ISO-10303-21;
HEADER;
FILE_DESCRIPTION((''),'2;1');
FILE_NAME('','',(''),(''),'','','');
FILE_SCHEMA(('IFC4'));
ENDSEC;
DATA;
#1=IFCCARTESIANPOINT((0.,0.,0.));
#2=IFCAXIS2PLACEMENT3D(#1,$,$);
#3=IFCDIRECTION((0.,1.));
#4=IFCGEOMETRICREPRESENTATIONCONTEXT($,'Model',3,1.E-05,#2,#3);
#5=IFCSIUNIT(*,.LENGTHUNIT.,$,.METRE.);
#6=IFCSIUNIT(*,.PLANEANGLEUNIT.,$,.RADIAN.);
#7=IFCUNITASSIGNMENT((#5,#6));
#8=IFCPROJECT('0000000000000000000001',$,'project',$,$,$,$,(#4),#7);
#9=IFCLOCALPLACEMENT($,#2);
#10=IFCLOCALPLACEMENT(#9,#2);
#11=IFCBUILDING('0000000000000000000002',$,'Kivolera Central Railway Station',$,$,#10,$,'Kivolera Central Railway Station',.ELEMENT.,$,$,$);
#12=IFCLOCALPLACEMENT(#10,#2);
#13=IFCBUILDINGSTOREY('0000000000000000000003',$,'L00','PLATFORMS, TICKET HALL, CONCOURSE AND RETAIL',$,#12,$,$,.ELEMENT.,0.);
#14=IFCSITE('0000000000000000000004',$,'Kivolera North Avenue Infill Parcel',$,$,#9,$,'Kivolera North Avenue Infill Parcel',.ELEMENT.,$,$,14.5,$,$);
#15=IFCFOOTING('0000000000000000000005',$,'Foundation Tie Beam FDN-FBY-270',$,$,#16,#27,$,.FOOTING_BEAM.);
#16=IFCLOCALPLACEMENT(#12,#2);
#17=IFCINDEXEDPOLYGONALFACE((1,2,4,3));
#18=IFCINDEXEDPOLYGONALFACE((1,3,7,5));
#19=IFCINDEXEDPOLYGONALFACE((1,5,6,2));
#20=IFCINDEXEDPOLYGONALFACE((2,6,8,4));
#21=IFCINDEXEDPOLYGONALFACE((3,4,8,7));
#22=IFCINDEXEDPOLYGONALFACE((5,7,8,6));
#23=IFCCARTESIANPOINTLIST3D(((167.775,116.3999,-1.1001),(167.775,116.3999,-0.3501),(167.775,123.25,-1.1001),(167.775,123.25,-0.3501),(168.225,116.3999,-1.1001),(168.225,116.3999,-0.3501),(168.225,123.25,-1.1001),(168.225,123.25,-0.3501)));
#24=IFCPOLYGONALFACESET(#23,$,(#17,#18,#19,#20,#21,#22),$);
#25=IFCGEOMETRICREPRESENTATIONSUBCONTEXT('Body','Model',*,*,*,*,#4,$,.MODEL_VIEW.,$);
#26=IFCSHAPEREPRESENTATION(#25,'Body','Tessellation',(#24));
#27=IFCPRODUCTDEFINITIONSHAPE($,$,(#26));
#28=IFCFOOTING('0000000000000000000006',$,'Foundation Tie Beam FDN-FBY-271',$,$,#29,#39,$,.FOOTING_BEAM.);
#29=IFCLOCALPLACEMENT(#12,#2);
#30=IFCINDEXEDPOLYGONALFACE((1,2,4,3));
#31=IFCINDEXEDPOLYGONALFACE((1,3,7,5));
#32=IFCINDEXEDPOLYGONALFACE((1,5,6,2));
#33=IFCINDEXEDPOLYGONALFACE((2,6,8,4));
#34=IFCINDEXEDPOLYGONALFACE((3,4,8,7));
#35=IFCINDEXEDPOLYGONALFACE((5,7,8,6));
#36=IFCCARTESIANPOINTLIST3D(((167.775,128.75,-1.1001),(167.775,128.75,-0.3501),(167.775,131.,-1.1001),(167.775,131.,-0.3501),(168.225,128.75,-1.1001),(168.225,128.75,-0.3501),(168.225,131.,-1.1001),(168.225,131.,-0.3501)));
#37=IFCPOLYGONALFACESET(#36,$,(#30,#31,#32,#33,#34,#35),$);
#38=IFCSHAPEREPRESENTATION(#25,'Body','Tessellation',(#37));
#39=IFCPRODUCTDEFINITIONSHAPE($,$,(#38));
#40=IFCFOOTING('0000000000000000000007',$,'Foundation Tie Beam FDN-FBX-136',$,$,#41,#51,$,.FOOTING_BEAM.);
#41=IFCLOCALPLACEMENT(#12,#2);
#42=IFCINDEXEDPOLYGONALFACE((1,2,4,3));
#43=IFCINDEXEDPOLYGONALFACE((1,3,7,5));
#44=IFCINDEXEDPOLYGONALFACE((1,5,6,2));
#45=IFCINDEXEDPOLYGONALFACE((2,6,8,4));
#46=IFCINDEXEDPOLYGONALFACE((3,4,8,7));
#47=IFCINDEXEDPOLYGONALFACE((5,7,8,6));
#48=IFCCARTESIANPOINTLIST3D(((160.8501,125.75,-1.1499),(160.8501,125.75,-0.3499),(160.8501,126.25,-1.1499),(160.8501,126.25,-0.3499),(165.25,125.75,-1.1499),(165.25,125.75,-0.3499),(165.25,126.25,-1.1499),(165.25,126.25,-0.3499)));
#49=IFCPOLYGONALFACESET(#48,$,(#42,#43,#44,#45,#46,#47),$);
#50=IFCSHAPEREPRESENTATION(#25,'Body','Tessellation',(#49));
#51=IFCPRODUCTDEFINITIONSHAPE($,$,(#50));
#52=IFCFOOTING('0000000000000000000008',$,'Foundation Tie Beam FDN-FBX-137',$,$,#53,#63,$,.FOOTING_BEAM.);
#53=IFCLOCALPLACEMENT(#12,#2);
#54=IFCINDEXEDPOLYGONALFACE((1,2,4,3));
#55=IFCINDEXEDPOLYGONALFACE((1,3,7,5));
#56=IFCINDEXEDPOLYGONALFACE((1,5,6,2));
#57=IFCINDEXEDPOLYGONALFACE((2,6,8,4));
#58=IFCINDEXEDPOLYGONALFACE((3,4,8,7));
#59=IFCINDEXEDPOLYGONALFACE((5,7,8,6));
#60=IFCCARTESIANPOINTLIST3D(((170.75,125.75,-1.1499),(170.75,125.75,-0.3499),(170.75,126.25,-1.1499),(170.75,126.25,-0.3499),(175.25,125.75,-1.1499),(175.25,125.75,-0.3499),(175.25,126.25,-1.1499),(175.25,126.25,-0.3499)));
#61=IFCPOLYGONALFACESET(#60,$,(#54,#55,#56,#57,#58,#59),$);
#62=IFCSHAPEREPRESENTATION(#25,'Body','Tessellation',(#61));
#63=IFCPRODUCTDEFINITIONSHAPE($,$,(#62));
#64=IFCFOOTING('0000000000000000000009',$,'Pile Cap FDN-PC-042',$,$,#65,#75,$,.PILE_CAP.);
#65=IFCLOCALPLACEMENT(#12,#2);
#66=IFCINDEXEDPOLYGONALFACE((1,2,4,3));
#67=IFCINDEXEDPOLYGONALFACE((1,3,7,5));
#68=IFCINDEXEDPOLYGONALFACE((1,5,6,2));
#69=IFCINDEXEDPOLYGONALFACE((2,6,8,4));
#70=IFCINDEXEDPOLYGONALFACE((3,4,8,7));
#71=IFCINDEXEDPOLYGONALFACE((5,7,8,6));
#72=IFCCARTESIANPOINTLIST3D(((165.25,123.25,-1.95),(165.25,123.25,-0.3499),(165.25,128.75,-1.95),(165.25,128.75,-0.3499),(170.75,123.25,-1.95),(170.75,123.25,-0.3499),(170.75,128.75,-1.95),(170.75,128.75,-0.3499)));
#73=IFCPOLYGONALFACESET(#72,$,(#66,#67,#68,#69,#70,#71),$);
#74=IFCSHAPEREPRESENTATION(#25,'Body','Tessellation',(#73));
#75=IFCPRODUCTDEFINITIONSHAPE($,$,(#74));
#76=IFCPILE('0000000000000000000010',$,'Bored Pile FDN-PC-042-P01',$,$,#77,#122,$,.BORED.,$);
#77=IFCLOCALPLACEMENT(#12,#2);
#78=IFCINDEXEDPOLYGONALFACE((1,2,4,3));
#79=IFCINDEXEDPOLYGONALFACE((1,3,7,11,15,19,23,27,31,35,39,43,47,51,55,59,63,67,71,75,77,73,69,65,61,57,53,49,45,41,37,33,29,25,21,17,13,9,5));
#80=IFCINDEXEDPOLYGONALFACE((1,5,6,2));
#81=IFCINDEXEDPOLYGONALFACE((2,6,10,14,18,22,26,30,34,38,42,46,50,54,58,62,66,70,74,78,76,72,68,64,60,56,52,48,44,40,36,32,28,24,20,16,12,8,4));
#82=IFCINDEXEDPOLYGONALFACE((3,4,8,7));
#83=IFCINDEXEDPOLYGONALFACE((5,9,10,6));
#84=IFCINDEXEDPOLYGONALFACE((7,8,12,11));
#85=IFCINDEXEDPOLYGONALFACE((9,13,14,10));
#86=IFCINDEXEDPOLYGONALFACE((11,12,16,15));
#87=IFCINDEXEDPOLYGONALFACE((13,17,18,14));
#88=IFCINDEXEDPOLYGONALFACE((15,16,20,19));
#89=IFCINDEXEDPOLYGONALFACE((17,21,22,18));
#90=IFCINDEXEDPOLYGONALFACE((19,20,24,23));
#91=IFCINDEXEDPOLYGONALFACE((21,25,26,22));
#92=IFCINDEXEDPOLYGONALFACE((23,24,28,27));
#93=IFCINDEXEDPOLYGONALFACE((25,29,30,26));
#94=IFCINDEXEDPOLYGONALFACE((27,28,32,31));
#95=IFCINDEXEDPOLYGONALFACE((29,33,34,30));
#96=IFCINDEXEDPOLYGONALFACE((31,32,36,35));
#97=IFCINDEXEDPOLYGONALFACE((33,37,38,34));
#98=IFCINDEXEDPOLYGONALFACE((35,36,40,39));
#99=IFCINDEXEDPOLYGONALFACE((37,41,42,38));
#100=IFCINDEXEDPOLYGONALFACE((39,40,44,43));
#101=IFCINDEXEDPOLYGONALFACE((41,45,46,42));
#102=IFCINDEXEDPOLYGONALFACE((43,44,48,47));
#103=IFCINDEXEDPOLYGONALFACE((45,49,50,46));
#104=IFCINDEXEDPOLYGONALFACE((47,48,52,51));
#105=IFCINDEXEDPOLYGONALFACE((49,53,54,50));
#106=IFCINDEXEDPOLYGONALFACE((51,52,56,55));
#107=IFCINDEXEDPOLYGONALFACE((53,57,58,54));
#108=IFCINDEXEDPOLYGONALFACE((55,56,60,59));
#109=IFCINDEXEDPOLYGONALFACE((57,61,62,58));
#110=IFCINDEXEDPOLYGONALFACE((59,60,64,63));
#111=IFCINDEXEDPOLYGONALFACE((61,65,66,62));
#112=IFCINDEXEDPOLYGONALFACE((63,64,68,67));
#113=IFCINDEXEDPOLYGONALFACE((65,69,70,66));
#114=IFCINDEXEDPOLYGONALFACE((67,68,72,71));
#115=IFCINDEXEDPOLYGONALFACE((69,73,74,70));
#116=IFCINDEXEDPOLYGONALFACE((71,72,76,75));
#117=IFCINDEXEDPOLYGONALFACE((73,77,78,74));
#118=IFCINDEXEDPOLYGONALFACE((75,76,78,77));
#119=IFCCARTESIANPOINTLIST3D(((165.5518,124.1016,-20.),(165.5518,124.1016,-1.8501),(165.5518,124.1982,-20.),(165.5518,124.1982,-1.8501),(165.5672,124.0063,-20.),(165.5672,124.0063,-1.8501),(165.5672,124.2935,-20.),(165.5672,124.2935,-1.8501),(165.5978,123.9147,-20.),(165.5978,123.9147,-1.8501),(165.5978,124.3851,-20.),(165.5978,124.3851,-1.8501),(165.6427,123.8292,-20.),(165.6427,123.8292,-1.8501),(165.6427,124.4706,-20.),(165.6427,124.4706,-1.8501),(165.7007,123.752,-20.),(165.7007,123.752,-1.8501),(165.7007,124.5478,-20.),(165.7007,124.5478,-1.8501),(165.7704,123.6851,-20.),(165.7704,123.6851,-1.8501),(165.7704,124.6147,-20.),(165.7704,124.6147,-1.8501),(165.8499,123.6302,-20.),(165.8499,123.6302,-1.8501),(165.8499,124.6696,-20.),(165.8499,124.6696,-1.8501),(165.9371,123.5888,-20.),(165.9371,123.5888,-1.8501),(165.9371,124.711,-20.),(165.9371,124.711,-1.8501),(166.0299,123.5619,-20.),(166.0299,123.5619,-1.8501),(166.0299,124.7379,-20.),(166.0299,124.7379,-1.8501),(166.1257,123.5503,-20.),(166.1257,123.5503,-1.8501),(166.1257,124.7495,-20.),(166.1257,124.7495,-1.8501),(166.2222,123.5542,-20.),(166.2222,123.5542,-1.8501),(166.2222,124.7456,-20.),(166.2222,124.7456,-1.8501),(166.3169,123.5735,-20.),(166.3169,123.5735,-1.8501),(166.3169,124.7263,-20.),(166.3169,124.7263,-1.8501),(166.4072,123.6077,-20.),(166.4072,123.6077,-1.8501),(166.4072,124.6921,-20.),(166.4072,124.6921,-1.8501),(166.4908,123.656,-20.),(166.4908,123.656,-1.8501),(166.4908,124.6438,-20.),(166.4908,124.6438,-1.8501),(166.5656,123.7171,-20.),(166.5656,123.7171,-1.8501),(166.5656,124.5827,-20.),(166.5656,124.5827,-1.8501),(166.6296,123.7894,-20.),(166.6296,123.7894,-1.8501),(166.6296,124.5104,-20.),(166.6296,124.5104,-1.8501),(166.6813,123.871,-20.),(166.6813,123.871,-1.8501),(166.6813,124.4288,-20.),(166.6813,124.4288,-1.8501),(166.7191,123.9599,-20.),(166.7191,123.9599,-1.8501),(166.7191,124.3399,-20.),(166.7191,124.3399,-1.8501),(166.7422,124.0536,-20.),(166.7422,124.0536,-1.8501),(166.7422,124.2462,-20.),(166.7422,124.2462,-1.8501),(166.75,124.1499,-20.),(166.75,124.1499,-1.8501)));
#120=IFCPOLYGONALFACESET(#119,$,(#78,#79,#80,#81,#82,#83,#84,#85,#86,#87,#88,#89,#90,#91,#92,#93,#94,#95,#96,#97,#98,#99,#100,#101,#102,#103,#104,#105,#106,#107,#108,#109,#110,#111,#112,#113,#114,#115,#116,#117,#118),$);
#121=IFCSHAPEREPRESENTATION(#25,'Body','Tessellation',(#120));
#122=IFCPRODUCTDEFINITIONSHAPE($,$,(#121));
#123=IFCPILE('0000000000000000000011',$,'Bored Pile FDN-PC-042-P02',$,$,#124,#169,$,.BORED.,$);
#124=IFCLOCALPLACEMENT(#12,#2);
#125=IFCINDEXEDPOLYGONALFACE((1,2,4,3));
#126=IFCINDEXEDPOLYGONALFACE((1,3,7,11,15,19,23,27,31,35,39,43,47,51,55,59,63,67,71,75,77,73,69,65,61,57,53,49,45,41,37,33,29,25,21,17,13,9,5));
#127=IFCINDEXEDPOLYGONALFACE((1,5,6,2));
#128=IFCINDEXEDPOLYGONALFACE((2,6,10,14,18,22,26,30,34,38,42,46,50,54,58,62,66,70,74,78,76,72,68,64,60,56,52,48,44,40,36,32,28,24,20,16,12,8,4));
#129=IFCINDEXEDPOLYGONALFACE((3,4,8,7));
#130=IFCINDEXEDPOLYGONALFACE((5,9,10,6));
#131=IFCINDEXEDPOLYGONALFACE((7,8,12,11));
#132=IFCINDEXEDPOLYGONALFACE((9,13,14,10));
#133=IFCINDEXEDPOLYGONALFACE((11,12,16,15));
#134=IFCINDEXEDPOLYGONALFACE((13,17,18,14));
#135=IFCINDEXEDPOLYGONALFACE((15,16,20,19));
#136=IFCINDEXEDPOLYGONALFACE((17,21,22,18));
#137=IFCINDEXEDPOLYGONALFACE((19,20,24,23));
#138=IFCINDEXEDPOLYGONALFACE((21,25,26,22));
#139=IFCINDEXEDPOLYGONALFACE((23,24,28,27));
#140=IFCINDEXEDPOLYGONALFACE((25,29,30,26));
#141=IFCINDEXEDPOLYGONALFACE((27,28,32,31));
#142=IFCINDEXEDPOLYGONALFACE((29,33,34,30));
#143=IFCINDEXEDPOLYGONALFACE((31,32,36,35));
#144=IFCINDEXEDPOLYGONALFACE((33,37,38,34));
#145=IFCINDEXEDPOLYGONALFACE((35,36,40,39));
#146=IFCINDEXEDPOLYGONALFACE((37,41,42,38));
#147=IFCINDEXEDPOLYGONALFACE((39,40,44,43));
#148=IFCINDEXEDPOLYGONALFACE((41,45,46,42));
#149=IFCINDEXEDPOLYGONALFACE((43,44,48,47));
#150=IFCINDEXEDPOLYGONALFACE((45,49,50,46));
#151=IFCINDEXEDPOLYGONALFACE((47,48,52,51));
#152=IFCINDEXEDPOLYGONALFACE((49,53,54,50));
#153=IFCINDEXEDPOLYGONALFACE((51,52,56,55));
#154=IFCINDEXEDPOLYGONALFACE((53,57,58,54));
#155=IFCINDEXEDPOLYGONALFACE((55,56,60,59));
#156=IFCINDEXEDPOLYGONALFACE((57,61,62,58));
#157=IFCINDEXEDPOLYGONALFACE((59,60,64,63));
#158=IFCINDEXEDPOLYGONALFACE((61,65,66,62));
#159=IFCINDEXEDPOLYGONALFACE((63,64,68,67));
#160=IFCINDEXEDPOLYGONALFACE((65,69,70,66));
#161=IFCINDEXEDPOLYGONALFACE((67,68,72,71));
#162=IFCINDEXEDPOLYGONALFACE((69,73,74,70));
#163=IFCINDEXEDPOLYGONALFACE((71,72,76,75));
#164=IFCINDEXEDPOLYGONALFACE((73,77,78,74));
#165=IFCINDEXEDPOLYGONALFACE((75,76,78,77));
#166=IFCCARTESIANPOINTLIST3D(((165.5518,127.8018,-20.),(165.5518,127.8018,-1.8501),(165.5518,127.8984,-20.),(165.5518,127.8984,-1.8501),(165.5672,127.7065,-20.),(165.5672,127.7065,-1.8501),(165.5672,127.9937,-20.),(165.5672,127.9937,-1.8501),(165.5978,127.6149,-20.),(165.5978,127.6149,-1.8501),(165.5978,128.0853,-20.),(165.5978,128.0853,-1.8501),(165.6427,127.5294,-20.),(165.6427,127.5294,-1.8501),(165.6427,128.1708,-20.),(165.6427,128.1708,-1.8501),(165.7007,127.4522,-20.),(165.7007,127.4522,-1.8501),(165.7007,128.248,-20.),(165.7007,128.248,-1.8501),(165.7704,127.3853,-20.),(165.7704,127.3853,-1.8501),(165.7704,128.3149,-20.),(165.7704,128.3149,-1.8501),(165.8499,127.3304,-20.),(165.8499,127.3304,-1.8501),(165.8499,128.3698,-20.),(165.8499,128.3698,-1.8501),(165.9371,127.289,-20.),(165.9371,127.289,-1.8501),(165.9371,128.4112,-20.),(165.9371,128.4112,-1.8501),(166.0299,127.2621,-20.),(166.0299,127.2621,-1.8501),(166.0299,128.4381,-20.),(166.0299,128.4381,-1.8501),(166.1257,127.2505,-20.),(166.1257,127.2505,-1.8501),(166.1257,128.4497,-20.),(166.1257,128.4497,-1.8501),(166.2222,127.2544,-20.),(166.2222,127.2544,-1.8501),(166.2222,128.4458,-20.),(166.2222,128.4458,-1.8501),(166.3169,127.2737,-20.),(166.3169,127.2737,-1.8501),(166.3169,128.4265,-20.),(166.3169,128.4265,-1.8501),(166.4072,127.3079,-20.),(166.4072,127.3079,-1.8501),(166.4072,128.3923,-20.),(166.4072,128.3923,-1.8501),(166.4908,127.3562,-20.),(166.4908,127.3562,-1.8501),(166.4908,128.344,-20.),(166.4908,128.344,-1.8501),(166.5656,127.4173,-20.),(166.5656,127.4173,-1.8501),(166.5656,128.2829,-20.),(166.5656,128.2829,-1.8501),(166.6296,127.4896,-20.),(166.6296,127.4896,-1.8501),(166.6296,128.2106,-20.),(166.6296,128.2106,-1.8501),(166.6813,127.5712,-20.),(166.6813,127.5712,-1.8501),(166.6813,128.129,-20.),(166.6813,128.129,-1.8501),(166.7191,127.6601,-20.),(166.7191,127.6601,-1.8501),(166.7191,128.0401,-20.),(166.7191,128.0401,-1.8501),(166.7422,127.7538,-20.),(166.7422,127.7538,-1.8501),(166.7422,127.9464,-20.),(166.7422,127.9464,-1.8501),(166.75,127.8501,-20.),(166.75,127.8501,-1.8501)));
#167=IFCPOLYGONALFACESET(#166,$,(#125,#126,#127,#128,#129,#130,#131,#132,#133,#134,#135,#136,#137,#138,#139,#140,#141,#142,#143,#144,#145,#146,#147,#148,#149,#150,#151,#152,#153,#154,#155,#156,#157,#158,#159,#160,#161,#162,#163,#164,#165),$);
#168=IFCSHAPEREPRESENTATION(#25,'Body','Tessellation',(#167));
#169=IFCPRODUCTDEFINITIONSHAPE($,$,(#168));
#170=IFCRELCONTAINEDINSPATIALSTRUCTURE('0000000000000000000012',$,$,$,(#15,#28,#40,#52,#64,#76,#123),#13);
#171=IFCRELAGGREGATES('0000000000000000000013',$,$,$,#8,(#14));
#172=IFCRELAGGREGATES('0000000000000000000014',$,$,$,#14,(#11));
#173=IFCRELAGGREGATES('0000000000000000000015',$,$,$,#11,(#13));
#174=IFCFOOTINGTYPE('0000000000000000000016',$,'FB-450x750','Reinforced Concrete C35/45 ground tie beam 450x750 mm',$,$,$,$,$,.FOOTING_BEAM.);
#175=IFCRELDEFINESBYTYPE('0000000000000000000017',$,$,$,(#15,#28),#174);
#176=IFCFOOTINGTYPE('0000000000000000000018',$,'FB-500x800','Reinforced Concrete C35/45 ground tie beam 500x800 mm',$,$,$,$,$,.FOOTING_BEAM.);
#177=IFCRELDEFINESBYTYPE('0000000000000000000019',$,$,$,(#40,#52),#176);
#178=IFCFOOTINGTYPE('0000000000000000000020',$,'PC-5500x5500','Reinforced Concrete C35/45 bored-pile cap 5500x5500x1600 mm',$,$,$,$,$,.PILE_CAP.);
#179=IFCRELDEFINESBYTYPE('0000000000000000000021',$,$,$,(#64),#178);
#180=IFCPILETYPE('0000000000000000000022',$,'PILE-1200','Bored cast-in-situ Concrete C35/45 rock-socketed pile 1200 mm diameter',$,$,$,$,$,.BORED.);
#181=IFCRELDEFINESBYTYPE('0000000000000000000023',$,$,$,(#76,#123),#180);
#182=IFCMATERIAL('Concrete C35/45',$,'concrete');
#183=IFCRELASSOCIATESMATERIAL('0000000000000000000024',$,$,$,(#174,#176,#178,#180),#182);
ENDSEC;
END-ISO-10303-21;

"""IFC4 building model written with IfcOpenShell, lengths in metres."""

from ifc_helpers import new_model, si_unit, direction, frame, origin, origin_2d, place, context, subcontext, project, spatial, rectangle, circle, extrude, material, material_profile, profile_set, type_object, element, save


model = new_model("IFC4")

# Units and contexts
model_context = context("Model", 3, precision=1e-05, world=origin(), true_north=direction((0.0, 1.0)))
body_context = subcontext(model_context, "Body", "Model", "MODEL_VIEW")
ifc_project = project(units=[si_unit("LENGTHUNIT", "METRE"), si_unit("PLANEANGLEUNIT", "RADIAN")], contexts=[model_context])

# Site, building, storey
site_placement = place(None, origin())
site = spatial("IfcSite", under=ifc_project, at=site_placement, Name="Kivolera North Avenue Infill Parcel", LongName="Kivolera North Avenue Infill Parcel", CompositionType="ELEMENT", RefElevation=14.5)
building_placement = place(site_placement, origin())
building = spatial("IfcBuilding", under=site, at=building_placement, Name="Kivolera Central Railway Station", LongName="Kivolera Central Railway Station", CompositionType="ELEMENT")
storey_placement = place(building_placement, origin())
storey = spatial("IfcBuildingStorey", under=building, at=storey_placement, Name="L00", Description="PLATFORMS, TICKET HALL, CONCOURSE AND RETAIL", CompositionType="ELEMENT", Elevation=0.0)

# Footings
ifc_material_1 = material(Name="Concrete C35/45", Category="concrete")
footing_type_1 = type_object("IfcFootingType", Name="FB-450x750", Description="Reinforced Concrete C35/45 ground tie beam 450x750 mm", PredefinedType="FOOTING_BEAM", material=ifc_material_1)
footing_1_placement = place(storey_placement, frame((168.0, 119.825, -1.1001), z_axis=(0.0, 0.0, 1.0), x_axis=(1.0, 0.0, 0.0)))
element("IfcFooting", 1, at=footing_1_placement, inside=storey, type_object=footing_type_1, Name="Foundation Tie Beam FDN-FBY-270", PredefinedType="FOOTING_BEAM", context=body_context, shape_type="SweptSolid", body=[
    extrude(rectangle(XDim=0.45, YDim=6.8501, at=origin_2d()), origin(), (0.0, 0.0, 1.0), 0.75),
])
footing_2_placement = place(storey_placement, frame((168.0, 129.875, -1.1001), z_axis=(0.0, 0.0, 1.0), x_axis=(1.0, 0.0, 0.0)))
element("IfcFooting", 2, at=footing_2_placement, inside=storey, type_object=footing_type_1, Name="Foundation Tie Beam FDN-FBY-271", PredefinedType="FOOTING_BEAM", context=body_context, shape_type="SweptSolid", body=[
    extrude(rectangle(XDim=0.45, YDim=2.25, at=origin_2d()), origin(), (0.0, 0.0, 1.0), 0.75),
])
footing_type_2 = type_object("IfcFootingType", Name="FB-500x800", Description="Reinforced Concrete C35/45 ground tie beam 500x800 mm", PredefinedType="FOOTING_BEAM", material=ifc_material_1)
footing_3_placement = place(storey_placement, frame((163.05, 126.0, -1.1499), z_axis=(0.0, 0.0, 1.0), x_axis=(1.0, 0.0, 0.0)))
element("IfcFooting", 3, at=footing_3_placement, inside=storey, type_object=footing_type_2, Name="Foundation Tie Beam FDN-FBX-136", PredefinedType="FOOTING_BEAM", context=body_context, shape_type="SweptSolid", body=[
    extrude(rectangle(XDim=4.3999, YDim=0.5, at=origin_2d()), origin(), (0.0, 0.0, 1.0), 0.8),
])
footing_4_placement = place(storey_placement, frame((173.0, 126.0, -1.1499), z_axis=(0.0, 0.0, 1.0), x_axis=(1.0, 0.0, 0.0)))
element("IfcFooting", 4, at=footing_4_placement, inside=storey, type_object=footing_type_2, Name="Foundation Tie Beam FDN-FBX-137", PredefinedType="FOOTING_BEAM", context=body_context, shape_type="SweptSolid", body=[
    extrude(rectangle(XDim=4.5, YDim=0.5, at=origin_2d()), origin(), (0.0, 0.0, 1.0), 0.8),
])
footing_type_3 = type_object("IfcFootingType", Name="PC-5500x5500", Description="Reinforced Concrete C35/45 bored-pile cap 5500x5500x1600 mm", PredefinedType="PILE_CAP", material=ifc_material_1)
footing_5_placement = place(storey_placement, frame((168.0, 126.0, -1.95), z_axis=(0.0, 0.0, 1.0), x_axis=(1.0, 0.0, 0.0)))
element("IfcFooting", 5, at=footing_5_placement, inside=storey, type_object=footing_type_3, Name="Pile Cap FDN-PC-042", PredefinedType="PILE_CAP", context=body_context, shape_type="SweptSolid", body=[
    extrude(rectangle(XDim=5.5, YDim=5.5, at=origin_2d()), origin(), (0.0, 0.0, 1.0), 1.6001),
])

# Piles
ifc_material_profile_1 = material_profile(ifc_material_1, circle(Radius=0.6001, at=origin_2d()), Name="PILE D1200")
ifc_profile_set_1 = profile_set([ifc_material_profile_1], Name="Concrete C35/45")
pile_type = type_object("IfcPileType", Name="PILE-1200", Description="Bored cast-in-situ Concrete C35/45 rock-socketed pile 1200 mm diameter", PredefinedType="BORED", material=ifc_profile_set_1)
for number, where, z_axis, x_axis, name in (
    (6, (166.1499, 124.1499, -1.8501), (0.0, 0.0, -1.0), (1.0, 0.0, 0.0), "Bored Pile FDN-PC-042-P01"),
    (7, (166.1499, 127.8501, -1.8501), (0.0, 0.0, -1.0), (1.0, 0.0, 0.0), "Bored Pile FDN-PC-042-P02"),
):
    element("IfcPile", number, at=place(storey_placement, frame(where, z_axis=z_axis, x_axis=x_axis)), inside=storey, type_object=pile_type, Name=name, PredefinedType="BORED", context=body_context, shape_type="SweptSolid", body=[
        extrude(circle(Radius=0.6001, at=origin_2d()), origin(), (0.0, 0.0, 1.0), 18.1499),
    ])

save(model, "model.ifc")
